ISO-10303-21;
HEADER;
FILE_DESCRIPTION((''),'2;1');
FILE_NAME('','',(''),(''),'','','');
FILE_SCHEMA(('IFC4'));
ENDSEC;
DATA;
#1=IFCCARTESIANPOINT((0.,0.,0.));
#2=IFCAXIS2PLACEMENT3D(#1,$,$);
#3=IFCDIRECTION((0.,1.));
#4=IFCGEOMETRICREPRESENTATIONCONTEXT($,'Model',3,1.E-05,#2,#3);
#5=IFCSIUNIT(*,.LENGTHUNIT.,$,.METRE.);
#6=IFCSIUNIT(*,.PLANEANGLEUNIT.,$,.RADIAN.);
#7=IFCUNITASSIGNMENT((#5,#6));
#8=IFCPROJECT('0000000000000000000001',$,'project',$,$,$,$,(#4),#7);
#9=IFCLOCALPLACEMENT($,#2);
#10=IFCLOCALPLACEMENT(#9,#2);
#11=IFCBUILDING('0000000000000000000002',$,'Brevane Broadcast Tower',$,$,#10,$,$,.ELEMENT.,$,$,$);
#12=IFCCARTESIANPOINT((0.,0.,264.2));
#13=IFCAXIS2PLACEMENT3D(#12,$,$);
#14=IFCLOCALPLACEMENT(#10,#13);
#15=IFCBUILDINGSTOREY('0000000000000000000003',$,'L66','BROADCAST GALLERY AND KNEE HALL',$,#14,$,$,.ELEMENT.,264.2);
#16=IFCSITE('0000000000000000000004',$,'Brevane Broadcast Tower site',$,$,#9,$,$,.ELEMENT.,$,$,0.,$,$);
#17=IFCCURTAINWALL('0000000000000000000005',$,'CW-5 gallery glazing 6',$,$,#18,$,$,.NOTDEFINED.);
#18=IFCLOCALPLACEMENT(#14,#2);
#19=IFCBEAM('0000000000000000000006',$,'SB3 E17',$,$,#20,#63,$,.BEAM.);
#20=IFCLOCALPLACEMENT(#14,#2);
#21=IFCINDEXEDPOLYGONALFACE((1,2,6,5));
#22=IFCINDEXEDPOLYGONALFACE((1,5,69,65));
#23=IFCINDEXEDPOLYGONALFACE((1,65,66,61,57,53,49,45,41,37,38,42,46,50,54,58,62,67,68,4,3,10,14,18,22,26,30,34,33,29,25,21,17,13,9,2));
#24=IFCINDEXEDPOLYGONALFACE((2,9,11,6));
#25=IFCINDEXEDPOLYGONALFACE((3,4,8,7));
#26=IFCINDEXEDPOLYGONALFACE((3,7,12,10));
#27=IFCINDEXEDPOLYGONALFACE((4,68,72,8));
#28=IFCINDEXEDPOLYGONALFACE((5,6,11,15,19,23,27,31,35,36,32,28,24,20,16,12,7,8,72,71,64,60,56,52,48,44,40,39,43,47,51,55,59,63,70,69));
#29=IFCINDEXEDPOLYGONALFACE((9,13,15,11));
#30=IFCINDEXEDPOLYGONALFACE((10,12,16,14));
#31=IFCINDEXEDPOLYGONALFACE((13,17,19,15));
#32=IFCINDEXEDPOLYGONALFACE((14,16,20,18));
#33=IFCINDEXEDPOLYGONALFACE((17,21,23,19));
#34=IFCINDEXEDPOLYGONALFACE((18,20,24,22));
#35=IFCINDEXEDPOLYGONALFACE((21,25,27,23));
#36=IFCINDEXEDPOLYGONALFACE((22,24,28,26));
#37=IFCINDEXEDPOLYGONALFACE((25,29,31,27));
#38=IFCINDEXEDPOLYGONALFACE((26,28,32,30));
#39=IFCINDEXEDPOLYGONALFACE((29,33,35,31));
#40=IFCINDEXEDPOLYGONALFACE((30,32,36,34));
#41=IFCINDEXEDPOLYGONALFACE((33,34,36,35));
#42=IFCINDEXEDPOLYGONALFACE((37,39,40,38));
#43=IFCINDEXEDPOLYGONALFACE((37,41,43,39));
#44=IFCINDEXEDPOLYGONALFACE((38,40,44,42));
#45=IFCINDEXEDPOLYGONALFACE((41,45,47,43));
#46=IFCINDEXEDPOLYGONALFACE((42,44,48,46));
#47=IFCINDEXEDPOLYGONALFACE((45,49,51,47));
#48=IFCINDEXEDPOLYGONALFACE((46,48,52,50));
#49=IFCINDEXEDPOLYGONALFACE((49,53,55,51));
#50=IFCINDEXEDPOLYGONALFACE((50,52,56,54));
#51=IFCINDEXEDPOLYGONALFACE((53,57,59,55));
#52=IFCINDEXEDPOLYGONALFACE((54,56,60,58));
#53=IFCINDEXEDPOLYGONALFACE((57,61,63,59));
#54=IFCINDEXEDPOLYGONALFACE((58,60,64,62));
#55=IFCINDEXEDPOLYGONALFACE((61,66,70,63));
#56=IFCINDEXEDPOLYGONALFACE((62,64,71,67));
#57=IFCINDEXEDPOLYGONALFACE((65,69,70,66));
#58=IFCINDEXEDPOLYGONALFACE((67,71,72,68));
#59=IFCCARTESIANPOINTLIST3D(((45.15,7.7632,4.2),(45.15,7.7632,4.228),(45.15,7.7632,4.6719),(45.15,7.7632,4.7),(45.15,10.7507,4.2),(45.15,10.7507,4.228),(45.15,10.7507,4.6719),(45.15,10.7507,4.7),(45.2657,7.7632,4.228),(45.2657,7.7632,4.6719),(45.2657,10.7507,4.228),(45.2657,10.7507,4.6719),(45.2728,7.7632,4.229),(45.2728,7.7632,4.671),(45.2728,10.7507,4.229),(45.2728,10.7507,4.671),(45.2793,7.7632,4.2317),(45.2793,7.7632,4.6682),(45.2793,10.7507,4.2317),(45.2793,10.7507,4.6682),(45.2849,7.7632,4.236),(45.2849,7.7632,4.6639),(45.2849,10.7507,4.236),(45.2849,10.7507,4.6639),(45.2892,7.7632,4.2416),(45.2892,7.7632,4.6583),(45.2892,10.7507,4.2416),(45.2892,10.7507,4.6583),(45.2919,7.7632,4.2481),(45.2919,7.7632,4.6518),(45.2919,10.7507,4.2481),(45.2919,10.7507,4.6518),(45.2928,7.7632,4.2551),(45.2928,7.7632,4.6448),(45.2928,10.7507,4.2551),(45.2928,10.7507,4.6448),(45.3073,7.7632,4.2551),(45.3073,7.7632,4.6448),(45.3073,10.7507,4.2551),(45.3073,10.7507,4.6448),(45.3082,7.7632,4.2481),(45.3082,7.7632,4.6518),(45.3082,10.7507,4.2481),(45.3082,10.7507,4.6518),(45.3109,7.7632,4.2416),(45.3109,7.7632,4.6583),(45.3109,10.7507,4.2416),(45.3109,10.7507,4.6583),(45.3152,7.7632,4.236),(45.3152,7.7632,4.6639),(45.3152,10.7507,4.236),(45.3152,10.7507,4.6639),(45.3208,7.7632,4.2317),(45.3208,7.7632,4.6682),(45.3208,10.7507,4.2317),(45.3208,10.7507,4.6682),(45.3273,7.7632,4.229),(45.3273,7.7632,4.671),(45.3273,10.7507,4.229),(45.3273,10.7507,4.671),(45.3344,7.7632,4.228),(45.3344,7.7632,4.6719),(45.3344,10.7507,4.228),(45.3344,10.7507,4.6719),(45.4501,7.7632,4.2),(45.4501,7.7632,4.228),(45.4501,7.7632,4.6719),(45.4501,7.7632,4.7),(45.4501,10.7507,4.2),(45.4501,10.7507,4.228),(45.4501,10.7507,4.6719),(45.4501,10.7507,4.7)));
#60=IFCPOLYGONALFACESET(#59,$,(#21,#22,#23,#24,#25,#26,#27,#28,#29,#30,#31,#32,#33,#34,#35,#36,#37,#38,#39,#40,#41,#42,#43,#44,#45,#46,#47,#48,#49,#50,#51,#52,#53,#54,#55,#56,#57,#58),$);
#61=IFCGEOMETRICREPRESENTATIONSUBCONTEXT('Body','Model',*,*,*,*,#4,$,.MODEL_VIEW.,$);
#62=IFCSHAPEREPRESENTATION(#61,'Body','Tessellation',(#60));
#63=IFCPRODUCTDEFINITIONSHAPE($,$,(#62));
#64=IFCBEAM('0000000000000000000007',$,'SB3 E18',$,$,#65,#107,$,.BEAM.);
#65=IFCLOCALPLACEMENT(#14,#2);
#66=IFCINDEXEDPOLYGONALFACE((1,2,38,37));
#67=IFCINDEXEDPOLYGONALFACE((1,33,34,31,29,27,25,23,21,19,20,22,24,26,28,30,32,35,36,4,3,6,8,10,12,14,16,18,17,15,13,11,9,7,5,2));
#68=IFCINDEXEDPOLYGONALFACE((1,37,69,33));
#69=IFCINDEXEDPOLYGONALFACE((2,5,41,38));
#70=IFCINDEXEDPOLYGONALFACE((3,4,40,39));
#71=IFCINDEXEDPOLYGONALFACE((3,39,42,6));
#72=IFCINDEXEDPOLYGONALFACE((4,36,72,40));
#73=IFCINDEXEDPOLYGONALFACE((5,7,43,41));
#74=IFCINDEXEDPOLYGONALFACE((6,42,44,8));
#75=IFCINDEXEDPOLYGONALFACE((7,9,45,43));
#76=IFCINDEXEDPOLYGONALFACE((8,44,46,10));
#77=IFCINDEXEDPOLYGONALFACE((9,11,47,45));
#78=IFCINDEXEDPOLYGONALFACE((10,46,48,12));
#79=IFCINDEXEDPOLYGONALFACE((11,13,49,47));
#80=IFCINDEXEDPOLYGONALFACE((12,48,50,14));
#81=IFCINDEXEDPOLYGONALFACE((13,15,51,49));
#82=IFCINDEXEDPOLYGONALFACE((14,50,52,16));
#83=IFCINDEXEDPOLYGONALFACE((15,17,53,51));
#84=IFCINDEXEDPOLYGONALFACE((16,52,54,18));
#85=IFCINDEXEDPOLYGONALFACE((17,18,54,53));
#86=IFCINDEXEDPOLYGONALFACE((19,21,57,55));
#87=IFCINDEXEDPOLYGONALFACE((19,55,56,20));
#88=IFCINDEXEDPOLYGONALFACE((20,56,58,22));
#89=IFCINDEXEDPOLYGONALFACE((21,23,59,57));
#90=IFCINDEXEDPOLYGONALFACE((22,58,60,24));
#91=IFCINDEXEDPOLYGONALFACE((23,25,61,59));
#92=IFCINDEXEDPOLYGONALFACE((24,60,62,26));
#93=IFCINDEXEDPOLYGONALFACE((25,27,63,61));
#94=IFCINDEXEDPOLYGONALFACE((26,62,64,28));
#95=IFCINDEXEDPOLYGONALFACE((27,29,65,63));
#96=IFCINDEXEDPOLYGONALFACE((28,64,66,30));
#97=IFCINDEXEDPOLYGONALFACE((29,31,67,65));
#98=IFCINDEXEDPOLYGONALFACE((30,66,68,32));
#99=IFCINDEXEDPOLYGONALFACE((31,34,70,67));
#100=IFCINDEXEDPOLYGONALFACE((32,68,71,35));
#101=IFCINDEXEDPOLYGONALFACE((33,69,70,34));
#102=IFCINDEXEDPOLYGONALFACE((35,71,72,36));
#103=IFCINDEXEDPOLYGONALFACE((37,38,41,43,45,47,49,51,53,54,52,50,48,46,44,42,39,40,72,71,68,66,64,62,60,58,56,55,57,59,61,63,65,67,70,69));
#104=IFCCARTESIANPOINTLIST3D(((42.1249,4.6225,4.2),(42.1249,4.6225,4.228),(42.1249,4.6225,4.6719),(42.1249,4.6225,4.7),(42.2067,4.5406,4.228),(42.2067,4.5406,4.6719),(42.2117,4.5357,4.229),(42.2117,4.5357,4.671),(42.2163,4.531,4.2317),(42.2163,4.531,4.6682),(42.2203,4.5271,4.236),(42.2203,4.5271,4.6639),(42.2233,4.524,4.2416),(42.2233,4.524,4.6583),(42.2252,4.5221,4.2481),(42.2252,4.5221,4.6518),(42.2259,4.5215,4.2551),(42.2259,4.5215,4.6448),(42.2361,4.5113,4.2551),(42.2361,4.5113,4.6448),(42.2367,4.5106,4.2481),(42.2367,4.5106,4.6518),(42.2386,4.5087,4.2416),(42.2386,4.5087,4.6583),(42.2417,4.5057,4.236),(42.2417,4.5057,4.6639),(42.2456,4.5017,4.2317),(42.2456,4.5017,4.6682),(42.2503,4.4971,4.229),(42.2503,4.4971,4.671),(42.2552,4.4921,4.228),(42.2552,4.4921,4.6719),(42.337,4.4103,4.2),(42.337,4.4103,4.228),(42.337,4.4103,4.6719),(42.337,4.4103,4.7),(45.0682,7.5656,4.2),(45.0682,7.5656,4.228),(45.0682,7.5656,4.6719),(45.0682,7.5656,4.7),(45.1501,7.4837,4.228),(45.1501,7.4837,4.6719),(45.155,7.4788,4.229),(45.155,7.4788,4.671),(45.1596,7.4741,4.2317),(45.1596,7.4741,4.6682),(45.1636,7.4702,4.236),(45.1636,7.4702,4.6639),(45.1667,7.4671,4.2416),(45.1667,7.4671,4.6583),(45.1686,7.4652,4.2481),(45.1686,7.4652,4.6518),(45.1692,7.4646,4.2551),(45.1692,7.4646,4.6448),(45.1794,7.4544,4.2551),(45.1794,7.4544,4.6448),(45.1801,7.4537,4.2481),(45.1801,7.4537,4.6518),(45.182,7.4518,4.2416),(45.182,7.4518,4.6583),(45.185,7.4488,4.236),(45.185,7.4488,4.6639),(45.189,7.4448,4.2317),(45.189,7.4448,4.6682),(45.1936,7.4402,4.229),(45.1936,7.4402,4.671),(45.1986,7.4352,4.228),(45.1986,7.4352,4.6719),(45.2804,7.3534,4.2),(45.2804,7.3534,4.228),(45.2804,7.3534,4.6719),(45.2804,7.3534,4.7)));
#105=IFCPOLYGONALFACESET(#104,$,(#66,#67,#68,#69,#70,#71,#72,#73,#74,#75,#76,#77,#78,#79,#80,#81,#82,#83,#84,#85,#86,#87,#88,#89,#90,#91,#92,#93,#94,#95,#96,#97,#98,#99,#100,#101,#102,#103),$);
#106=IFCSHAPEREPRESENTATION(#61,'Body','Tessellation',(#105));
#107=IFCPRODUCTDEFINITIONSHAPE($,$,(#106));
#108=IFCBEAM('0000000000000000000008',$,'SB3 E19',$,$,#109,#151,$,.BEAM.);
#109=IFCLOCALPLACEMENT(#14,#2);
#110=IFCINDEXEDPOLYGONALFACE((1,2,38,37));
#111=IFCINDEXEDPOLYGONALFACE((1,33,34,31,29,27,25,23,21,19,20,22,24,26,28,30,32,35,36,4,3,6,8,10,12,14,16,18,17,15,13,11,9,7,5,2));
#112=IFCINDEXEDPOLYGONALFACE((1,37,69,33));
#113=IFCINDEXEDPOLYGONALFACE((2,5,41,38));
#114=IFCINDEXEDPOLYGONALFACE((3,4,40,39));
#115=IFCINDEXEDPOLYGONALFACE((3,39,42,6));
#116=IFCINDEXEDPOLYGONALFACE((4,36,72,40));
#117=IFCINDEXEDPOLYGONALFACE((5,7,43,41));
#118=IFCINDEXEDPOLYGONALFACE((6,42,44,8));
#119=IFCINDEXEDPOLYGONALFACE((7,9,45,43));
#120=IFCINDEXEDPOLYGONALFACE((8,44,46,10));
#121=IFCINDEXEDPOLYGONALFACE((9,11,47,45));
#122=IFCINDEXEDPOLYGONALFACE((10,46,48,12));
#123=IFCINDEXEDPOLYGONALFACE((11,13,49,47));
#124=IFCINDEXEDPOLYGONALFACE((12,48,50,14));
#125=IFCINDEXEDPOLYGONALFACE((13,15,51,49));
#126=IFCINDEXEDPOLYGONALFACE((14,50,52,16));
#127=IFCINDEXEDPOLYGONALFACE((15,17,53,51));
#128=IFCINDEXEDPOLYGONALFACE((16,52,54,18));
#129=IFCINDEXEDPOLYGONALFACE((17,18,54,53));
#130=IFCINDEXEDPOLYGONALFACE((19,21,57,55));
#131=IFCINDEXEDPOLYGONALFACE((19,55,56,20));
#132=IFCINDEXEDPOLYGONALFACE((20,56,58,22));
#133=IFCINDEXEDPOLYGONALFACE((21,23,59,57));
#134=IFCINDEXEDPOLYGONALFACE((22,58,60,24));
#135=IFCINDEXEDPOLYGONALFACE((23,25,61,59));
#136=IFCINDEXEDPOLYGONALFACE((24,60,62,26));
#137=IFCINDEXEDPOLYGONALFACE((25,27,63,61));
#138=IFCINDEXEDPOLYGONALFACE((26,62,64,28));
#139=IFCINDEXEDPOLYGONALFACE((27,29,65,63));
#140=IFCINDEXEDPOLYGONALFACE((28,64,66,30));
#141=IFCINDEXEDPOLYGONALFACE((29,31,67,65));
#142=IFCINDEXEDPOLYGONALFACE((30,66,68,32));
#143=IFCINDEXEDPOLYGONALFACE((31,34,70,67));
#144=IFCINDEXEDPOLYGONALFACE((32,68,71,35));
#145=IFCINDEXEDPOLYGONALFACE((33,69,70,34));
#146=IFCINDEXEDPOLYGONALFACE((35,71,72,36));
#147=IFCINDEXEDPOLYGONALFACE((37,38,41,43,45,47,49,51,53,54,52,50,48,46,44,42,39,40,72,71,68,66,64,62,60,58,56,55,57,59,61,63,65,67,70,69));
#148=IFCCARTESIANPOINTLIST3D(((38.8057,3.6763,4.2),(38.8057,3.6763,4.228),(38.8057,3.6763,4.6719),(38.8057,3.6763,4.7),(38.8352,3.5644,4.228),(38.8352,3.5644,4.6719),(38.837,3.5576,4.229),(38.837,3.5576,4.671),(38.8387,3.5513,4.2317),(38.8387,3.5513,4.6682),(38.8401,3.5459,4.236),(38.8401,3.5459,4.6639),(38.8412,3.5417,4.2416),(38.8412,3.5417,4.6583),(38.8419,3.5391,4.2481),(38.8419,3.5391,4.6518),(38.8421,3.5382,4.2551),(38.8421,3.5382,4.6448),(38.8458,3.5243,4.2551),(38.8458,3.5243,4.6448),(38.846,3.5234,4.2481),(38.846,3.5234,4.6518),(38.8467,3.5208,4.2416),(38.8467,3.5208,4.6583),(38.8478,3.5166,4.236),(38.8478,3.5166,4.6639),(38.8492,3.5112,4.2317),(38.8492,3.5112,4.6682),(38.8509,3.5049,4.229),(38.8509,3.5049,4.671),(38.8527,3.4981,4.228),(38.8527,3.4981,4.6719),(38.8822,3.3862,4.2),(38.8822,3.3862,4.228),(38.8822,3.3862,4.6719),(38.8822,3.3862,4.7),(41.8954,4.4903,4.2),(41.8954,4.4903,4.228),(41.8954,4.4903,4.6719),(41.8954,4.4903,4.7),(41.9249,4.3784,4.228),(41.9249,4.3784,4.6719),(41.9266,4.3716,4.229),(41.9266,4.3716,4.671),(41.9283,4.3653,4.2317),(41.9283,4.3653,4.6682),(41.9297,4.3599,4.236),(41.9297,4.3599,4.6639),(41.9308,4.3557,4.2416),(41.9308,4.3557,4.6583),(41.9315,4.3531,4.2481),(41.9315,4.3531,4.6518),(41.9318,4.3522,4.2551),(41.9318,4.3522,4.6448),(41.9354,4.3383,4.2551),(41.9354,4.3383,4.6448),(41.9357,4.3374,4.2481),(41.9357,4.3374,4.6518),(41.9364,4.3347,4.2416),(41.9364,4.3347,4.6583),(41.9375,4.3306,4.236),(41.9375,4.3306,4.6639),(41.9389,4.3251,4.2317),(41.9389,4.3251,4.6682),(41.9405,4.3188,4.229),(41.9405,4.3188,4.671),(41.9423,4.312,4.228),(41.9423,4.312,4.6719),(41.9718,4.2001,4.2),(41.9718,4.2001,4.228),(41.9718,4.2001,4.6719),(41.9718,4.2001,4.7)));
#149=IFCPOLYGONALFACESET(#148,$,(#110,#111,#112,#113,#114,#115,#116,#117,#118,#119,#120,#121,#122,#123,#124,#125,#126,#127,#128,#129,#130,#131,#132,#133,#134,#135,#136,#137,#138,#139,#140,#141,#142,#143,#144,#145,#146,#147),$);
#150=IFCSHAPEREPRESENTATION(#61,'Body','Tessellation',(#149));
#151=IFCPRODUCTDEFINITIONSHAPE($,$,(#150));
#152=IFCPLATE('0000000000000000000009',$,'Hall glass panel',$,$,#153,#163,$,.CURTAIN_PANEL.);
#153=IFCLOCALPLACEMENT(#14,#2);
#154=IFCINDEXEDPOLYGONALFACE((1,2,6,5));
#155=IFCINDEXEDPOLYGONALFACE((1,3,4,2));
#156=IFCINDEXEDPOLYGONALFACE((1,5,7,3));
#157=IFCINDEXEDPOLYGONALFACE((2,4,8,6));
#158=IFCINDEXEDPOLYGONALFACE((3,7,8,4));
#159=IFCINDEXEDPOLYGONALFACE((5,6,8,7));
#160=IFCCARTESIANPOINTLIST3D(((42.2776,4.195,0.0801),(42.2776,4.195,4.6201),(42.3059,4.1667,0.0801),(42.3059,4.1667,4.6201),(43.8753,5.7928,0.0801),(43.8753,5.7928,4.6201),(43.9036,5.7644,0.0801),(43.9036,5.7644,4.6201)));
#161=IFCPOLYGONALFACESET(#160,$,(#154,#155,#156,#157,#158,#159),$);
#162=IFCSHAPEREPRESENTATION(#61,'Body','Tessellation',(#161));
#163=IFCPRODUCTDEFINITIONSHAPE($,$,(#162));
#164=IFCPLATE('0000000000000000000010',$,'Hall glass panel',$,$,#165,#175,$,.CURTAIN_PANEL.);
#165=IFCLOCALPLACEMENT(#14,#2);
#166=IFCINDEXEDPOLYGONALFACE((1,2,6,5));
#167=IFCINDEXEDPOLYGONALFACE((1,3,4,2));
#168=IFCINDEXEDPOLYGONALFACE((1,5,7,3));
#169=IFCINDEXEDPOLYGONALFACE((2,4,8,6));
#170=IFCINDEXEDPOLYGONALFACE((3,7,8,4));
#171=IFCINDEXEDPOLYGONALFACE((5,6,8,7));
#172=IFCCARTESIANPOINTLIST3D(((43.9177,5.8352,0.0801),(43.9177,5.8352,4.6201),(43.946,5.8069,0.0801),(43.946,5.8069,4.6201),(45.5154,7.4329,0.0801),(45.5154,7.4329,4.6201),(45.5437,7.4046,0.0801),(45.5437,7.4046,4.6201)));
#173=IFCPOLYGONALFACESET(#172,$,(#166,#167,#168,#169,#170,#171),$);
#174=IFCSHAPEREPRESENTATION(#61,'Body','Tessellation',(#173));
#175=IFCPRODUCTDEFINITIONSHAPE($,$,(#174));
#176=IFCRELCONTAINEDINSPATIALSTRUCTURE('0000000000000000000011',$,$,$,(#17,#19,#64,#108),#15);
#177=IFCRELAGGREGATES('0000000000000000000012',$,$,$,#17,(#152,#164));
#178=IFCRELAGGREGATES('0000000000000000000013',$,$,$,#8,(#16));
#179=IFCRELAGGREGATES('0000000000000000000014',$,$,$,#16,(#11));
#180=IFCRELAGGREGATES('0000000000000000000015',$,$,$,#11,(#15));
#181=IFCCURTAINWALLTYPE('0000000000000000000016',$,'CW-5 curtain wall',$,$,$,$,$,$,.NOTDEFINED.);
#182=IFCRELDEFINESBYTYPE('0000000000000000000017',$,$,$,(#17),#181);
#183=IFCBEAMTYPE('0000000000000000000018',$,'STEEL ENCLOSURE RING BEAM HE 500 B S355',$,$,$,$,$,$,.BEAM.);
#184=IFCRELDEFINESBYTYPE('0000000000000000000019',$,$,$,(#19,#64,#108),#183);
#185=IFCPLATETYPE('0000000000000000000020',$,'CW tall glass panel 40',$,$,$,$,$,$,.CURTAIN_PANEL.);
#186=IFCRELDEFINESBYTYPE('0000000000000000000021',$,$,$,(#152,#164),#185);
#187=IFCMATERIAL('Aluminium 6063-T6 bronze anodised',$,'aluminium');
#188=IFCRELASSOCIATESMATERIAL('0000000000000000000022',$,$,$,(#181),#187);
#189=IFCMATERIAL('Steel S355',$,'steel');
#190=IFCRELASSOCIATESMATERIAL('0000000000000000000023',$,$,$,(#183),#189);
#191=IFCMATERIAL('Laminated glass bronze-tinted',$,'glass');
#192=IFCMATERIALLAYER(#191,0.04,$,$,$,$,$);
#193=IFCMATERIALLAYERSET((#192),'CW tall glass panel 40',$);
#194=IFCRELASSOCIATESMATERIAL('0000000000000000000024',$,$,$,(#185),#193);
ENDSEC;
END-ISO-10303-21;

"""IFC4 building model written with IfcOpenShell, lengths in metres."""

from ifc_helpers import new_model, si_unit, direction, frame, origin, origin_2d, place, context, subcontext, project, spatial, rectangle, i_section, extrude, material, layer, layer_set, material_profile, profile_set, type_object, element, aggregate, save


model = new_model("IFC4")

# Units and contexts
model_context = context("Model", 3, precision=1e-05, world=origin(), true_north=direction((0.0, 1.0)))
body_context = subcontext(model_context, "Body", "Model", "MODEL_VIEW")
ifc_project = project(units=[si_unit("LENGTHUNIT", "METRE"), si_unit("PLANEANGLEUNIT", "RADIAN")], contexts=[model_context])

# Site, building, storey
site_placement = place(None, origin())
site = spatial("IfcSite", under=ifc_project, at=site_placement, Name="Brevane Broadcast Tower site", CompositionType="ELEMENT", RefElevation=0.0)
building_placement = place(site_placement, origin())
building = spatial("IfcBuilding", under=site, at=building_placement, Name="Brevane Broadcast Tower", CompositionType="ELEMENT")
storey_placement = place(building_placement, frame((0.0, 0.0, 264.2)))
storey = spatial("IfcBuildingStorey", under=building, at=storey_placement, Name="L66", Description="BROADCAST GALLERY AND KNEE HALL", CompositionType="ELEMENT", Elevation=264.2)

# Shared definitions
ifc_material_1 = material(Name="Steel S355", Category="steel")

# Curtain wall
ifc_material_2 = material(Name="Aluminium 6063-T6 bronze anodised", Category="aluminium")
curtain_wall_type = type_object("IfcCurtainWallType", Name="CW-5 curtain wall", PredefinedType="NOTDEFINED", material=ifc_material_2)
curtain_wall_placement = place(storey_placement, origin())
curtain_wall = element("IfcCurtainWall", 1, at=curtain_wall_placement, inside=storey, type_object=curtain_wall_type, Name="CW-5 gallery glazing 6", PredefinedType="NOTDEFINED")

# Beams
ifc_material_profile_1 = material_profile(ifc_material_1, i_section(OverallWidth=0.3, OverallDepth=0.5, WebThickness=0.0144, FlangeThickness=0.0281, FilletRadius=0.0271, at=origin_2d()), Name="HE 500 B")
ifc_profile_set_1 = profile_set([ifc_material_profile_1], Name="Steel S355")
beam_type_1 = type_object("IfcBeamType", Name="STEEL ENCLOSURE RING BEAM HE 500 B S355", PredefinedType="BEAM", material=ifc_profile_set_1)
beam_1_placement = place(storey_placement, frame((45.3, 10.7507, 4.45), z_axis=(0.0, -1.0, 0.0), x_axis=(1.0, 0.0, 0.0)))
element("IfcBeam", 2, at=beam_1_placement, inside=storey, type_object=beam_type_1, Name="SB3 E17", PredefinedType="BEAM", context=body_context, shape_type="SweptSolid", body=[
    extrude(i_section(OverallWidth=0.3, OverallDepth=0.5, WebThickness=0.0144, FlangeThickness=0.0281, FilletRadius=0.0271, at=origin_2d()), origin(), (0.0, 0.0, 1.0), 2.9875),
])
beam_2_placement = place(storey_placement, frame((45.1743, 7.4595, 4.45), z_axis=(-0.707136, -0.707077, 0.0), x_axis=(0.707077, -0.707136, 0.0)))
element("IfcBeam", 3, at=beam_2_placement, inside=storey, type_object=beam_type_1, Name="SB3 E18", PredefinedType="BEAM", context=body_context, shape_type="SweptSolid", body=[
    extrude(i_section(OverallWidth=0.3, OverallDepth=0.5, WebThickness=0.0144, FlangeThickness=0.0281, FilletRadius=0.0271, at=origin_2d()), origin(), (0.0, 0.0, 1.0), 4.1624),
])
beam_3_placement = place(storey_placement, frame((41.9336, 4.3452, 4.45), z_axis=(-0.967004, -0.25476, 0.0), x_axis=(0.25476, -0.967004, 0.0)))
element("IfcBeam", 4, at=beam_3_placement, inside=storey, type_object=beam_type_1, Name="SB3 E19", PredefinedType="BEAM", context=body_context, shape_type="SweptSolid", body=[
    extrude(i_section(OverallWidth=0.3, OverallDepth=0.5, WebThickness=0.0144, FlangeThickness=0.0281, FilletRadius=0.0271, at=origin_2d()), origin(), (0.0, 0.0, 1.0), 3.1951),
])

# Plates
ifc_material_3 = material(Name="Laminated glass bronze-tinted", Category="glass")
ifc_layer_1 = layer(ifc_material_3, 0.04)
ifc_layer_set_1 = layer_set([ifc_layer_1], Name="CW tall glass panel 40")
plate_type = type_object("IfcPlateType", Name="CW tall glass panel 40", PredefinedType="CURTAIN_PANEL", material=ifc_layer_set_1)
plate_1_placement = place(storey_placement, frame((43.0906, 4.9797, 0.0801), z_axis=(0.0, 0.0, 1.0), x_axis=(0.707107, 0.707107, 0.0)))
plate_1 = element("IfcPlate", 5, at=plate_1_placement, type_object=plate_type, Name="Hall glass panel", PredefinedType="CURTAIN_PANEL", context=body_context, shape_type="SweptSolid", body=[
    extrude(rectangle(XDim=2.2595, YDim=0.04, at=origin_2d()), origin(), (0.0, 0.0, 1.0), 4.54),
])
plate_2_placement = place(storey_placement, frame((44.7307, 6.6199, 0.0801), z_axis=(0.0, 0.0, 1.0), x_axis=(0.707107, 0.707107, 0.0)))
plate_2 = element("IfcPlate", 6, at=plate_2_placement, type_object=plate_type, Name="Hall glass panel", PredefinedType="CURTAIN_PANEL", context=body_context, shape_type="SweptSolid", body=[
    extrude(rectangle(XDim=2.2595, YDim=0.04, at=origin_2d()), origin(), (0.0, 0.0, 1.0), 4.54),
])
aggregate(curtain_wall, [plate_1, plate_2])

save(model, "model.ifc")
